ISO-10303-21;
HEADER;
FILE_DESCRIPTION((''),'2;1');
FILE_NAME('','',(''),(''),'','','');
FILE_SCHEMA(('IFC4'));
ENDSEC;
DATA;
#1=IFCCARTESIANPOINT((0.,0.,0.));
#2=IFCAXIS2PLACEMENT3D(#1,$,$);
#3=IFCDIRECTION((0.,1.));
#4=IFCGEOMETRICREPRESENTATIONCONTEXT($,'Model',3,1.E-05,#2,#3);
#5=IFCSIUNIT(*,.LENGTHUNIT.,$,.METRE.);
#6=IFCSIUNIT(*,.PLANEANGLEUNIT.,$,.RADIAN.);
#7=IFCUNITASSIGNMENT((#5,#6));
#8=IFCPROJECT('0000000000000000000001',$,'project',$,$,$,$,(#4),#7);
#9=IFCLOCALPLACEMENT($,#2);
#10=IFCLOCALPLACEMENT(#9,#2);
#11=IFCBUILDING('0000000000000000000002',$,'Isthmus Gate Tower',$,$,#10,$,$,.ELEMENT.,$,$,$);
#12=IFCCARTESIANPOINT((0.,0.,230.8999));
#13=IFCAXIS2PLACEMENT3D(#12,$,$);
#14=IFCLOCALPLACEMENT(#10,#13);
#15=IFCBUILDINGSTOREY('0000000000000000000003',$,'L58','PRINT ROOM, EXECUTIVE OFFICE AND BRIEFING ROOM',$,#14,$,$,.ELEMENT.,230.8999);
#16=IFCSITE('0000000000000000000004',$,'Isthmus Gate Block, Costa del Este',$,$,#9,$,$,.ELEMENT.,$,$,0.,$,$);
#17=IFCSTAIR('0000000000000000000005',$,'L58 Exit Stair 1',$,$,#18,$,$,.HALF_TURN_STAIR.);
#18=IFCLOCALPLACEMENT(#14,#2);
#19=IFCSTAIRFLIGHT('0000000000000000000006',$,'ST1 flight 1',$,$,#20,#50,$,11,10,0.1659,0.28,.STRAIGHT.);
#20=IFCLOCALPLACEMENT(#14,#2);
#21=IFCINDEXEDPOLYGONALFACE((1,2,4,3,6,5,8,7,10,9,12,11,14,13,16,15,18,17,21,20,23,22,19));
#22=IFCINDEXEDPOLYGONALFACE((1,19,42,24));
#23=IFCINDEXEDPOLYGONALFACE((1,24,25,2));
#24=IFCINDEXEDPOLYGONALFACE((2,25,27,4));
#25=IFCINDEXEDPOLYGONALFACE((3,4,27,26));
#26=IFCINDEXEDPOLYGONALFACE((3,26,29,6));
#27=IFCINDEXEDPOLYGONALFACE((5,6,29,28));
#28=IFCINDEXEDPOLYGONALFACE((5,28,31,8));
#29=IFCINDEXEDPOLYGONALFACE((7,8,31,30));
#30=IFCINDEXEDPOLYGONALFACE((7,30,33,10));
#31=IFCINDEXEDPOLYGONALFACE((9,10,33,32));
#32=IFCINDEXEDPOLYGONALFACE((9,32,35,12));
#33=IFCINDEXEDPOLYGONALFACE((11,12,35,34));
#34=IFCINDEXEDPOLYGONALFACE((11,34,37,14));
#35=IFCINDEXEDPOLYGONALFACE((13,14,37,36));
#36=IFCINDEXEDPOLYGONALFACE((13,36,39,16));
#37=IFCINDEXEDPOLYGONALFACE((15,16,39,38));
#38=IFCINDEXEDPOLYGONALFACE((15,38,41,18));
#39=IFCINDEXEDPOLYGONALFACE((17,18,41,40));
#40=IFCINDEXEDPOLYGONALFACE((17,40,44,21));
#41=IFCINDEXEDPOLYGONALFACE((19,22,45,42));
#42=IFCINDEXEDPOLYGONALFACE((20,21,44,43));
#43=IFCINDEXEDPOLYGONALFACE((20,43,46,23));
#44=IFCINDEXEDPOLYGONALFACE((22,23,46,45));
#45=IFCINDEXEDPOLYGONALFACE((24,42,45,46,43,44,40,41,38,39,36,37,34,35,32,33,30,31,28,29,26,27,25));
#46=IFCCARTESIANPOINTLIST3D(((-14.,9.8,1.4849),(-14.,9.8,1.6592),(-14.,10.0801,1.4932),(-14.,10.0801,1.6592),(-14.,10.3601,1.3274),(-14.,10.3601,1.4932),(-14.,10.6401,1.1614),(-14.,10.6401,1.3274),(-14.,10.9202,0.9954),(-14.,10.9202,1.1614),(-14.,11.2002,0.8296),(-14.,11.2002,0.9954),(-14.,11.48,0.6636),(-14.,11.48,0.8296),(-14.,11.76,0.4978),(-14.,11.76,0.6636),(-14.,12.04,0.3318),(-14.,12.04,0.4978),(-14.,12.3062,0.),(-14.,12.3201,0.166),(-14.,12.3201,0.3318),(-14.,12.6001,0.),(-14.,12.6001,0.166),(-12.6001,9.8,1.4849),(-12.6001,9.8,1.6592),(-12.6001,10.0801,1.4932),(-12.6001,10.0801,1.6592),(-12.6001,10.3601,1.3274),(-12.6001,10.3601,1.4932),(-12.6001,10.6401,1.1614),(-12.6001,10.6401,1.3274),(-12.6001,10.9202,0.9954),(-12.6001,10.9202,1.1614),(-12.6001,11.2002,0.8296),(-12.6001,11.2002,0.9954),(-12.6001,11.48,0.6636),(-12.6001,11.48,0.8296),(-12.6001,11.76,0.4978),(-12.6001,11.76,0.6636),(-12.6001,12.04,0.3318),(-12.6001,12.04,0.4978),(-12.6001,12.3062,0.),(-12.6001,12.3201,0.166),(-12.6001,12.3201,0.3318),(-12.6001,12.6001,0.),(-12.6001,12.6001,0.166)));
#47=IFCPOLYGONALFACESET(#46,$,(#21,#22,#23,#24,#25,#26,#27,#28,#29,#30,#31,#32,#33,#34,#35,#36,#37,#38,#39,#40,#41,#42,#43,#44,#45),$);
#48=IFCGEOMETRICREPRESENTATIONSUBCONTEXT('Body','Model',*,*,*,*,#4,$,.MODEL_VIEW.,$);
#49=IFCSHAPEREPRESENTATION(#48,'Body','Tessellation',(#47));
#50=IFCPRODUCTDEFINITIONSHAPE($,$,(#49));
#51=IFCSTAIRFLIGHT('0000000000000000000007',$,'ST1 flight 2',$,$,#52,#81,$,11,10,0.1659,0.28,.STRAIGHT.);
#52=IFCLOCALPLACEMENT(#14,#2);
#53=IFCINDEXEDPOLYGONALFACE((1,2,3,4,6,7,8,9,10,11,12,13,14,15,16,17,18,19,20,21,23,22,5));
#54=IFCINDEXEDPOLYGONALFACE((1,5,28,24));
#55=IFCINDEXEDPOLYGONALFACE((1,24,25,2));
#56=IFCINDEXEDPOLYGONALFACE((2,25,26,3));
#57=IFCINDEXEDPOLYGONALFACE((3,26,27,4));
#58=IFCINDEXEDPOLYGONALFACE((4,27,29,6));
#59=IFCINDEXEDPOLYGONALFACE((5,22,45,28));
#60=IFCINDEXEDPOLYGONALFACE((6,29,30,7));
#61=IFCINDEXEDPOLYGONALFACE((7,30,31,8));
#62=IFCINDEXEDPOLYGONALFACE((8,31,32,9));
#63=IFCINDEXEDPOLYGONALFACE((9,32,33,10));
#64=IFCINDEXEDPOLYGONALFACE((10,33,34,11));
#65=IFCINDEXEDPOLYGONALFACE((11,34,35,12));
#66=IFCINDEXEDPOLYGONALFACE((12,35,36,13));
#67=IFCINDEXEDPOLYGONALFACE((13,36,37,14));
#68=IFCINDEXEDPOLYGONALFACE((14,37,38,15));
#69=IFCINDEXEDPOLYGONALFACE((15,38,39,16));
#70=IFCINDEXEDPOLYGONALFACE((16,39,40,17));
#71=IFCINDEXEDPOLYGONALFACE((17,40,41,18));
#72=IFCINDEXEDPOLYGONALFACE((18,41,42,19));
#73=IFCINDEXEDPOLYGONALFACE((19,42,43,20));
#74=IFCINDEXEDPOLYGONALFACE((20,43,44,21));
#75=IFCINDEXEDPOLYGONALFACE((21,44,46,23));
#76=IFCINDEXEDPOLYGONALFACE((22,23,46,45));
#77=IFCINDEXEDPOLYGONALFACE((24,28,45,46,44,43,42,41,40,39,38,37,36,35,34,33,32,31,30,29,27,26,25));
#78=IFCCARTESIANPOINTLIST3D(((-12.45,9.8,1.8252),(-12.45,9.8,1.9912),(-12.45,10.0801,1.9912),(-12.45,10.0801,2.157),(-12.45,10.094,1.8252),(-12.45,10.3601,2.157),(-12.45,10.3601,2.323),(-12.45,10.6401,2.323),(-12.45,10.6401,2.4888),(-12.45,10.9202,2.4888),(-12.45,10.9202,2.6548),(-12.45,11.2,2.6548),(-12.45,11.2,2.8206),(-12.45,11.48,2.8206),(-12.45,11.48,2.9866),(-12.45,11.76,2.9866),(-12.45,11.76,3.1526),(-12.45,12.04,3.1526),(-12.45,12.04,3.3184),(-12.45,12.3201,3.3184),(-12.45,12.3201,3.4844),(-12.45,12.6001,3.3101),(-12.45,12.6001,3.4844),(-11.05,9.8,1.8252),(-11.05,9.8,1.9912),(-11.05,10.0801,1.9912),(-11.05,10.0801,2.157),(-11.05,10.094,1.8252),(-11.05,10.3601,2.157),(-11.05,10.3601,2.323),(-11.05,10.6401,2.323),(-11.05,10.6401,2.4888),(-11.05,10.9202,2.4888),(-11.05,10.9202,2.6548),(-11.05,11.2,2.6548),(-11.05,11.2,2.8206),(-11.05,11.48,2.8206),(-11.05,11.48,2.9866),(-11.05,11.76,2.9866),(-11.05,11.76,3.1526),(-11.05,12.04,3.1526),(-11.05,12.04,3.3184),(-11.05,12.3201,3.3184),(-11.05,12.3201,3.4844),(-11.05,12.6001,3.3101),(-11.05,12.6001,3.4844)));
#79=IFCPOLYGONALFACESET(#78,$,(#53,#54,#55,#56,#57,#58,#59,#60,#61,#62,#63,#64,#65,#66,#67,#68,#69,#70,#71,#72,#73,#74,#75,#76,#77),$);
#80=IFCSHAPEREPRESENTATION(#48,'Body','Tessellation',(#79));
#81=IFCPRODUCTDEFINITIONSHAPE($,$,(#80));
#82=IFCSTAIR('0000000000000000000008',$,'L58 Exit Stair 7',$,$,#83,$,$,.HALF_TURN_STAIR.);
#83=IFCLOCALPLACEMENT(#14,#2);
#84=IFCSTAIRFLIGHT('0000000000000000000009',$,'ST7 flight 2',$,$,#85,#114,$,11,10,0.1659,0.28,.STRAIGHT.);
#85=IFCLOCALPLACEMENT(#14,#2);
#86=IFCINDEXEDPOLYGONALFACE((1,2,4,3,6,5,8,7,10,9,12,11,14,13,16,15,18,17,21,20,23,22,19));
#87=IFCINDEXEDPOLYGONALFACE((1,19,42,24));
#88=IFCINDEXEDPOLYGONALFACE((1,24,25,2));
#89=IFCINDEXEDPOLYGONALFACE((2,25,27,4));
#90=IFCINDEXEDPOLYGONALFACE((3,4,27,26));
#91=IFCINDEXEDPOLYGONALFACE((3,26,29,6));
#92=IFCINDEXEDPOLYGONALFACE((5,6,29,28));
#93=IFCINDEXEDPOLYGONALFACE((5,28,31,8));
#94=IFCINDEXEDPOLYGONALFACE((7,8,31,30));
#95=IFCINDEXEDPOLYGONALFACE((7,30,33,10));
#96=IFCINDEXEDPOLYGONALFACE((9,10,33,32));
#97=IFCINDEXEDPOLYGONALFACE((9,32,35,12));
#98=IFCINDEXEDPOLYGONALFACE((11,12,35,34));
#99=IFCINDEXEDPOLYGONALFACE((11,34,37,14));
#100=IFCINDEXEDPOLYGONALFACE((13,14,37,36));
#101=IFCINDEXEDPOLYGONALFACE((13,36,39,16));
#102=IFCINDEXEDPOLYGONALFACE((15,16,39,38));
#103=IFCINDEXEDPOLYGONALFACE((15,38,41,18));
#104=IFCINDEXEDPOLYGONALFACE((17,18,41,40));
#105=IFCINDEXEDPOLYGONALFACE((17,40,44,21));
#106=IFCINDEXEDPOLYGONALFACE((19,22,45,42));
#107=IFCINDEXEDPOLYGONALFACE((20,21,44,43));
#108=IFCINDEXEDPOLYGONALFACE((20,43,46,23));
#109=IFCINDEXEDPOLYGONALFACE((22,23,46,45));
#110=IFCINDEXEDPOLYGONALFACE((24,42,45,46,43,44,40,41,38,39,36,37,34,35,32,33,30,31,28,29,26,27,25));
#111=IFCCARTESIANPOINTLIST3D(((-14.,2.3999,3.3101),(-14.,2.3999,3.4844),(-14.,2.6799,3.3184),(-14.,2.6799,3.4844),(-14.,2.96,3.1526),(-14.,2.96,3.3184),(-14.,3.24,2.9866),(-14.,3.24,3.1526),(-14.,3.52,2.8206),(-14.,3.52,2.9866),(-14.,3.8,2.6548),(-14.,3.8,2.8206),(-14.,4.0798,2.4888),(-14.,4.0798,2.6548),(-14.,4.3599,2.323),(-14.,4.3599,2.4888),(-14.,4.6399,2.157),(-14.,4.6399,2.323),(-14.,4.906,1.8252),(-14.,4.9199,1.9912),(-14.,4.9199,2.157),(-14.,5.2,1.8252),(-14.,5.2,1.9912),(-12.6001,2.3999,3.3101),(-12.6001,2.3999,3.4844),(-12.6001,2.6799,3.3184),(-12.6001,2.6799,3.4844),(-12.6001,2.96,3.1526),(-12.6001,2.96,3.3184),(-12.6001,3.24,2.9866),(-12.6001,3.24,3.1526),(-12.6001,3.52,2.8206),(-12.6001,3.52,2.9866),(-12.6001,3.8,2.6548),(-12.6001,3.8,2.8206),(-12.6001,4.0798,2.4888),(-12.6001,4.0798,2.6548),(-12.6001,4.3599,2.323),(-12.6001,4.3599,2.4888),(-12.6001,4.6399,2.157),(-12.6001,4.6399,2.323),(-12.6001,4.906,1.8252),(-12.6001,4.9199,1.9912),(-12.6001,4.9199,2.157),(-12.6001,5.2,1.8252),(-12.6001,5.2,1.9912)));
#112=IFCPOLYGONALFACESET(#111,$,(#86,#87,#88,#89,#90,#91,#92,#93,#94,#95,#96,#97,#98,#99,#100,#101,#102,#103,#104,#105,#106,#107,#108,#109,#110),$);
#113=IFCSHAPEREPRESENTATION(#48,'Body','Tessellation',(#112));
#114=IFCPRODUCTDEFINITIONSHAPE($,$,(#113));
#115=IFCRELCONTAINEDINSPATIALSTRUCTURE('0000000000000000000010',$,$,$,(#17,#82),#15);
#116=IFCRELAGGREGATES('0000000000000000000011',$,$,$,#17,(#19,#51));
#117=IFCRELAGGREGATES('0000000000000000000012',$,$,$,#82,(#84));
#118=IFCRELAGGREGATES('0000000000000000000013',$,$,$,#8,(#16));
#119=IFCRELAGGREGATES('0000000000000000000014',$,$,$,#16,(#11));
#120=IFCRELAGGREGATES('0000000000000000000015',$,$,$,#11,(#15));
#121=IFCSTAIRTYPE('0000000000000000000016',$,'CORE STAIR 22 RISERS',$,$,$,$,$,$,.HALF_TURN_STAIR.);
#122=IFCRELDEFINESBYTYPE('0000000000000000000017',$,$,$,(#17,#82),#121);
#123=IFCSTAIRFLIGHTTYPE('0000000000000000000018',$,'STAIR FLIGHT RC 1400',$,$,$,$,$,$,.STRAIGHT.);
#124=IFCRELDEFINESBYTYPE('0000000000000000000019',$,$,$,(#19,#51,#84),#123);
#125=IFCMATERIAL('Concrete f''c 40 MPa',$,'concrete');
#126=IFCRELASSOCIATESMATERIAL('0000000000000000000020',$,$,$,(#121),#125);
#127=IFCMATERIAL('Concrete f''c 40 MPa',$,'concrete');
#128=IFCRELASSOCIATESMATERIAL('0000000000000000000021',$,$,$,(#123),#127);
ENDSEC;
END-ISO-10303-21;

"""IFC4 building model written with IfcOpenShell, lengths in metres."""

from ifc_helpers import new_model, si_unit, direction, frame, origin, place, context, subcontext, project, spatial, polyline, outline, extrude, material, type_object, element, aggregate, save


model = new_model("IFC4")

# Units and contexts
model_context = context("Model", 3, precision=1e-05, world=origin(), true_north=direction((0.0, 1.0)))
body_context = subcontext(model_context, "Body", "Model", "MODEL_VIEW")
ifc_project = project(units=[si_unit("LENGTHUNIT", "METRE"), si_unit("PLANEANGLEUNIT", "RADIAN")], contexts=[model_context])

# Site, building, storey
site_placement = place(None, origin())
site = spatial("IfcSite", under=ifc_project, at=site_placement, Name="Isthmus Gate Block, Costa del Este", CompositionType="ELEMENT", RefElevation=0.0)
building_placement = place(site_placement, origin())
building = spatial("IfcBuilding", under=site, at=building_placement, Name="Isthmus Gate Tower", CompositionType="ELEMENT")
storey_placement = place(building_placement, frame((0.0, 0.0, 230.8999)))
storey = spatial("IfcBuildingStorey", under=building, at=storey_placement, Name="L58", Description="PRINT ROOM, EXECUTIVE OFFICE AND BRIEFING ROOM", CompositionType="ELEMENT", Elevation=230.8999)

# Stair, stair flights
ifc_material_1 = material(Name="Concrete f'c 40 MPa", Category="concrete")
stair_type = type_object("IfcStairType", Name="CORE STAIR 22 RISERS", PredefinedType="HALF_TURN_STAIR", material=ifc_material_1)
stair_1_placement = place(storey_placement, origin())
stair_1 = element("IfcStair", 1, at=stair_1_placement, inside=storey, type_object=stair_type, Name="L58 Exit Stair 1", PredefinedType="HALF_TURN_STAIR")
ifc_material_2 = material(Name="Concrete f'c 40 MPa", Category="concrete")
stair_flight_type = type_object("IfcStairFlightType", Name="STAIR FLIGHT RC 1400", PredefinedType="STRAIGHT", material=ifc_material_2)
stair_flight_1_placement = place(storey_placement, frame((-13.3, 12.6001, 0.0), z_axis=(0.0, 0.0, 1.0), x_axis=(0.0, -1.0, 0.0)))
stair_flight_1 = element("IfcStairFlight", 2, at=stair_flight_1_placement, type_object=stair_flight_type, Name="ST1 flight 1", NumberOfRisers=11, NumberOfTreads=10, PredefinedType="STRAIGHT", RiserHeight=0.1659, TreadLength=0.28, context=body_context, shape_type="SweptSolid", body=[
    extrude(outline(polyline([(0.0, 0.0), (0.0, 0.166), (0.28, 0.166), (0.28, 0.3318), (0.5601, 0.3318), (0.5601, 0.4978), (0.8401, 0.4978), (0.8401, 0.6636), (1.1201, 0.6636), (1.1201, 0.8296), (1.3999, 0.8296), (1.3999, 0.9954), (1.6799, 0.9954), (1.6799, 1.1614), (1.96, 1.1614), (1.96, 1.3274), (2.24, 1.3274), (2.24, 1.4932), (2.52, 1.4932), (2.52, 1.6592), (2.8, 1.6592), (2.8, 1.825), (2.8, 1.4849), (0.2939, 0.0), (0.0, 0.0)])), frame((0.0, 0.7, 0.0), z_axis=(0.0, -1.0, 0.0), x_axis=(1.0, 0.0, 0.0)), (0.0, 0.0, 1.0), 1.3999),
])
stair_flight_2_placement = place(storey_placement, frame((-11.75, 9.8, 1.8252), z_axis=(0.0, 0.0, 1.0), x_axis=(0.0, 1.0, 0.0)))
stair_flight_2 = element("IfcStairFlight", 3, at=stair_flight_2_placement, type_object=stair_flight_type, Name="ST1 flight 2", NumberOfRisers=11, NumberOfTreads=10, PredefinedType="STRAIGHT", RiserHeight=0.1659, TreadLength=0.28, context=body_context, shape_type="SweptSolid", body=[
    extrude(outline(polyline([(0.0, 0.0), (0.0, 0.166), (0.28, 0.166), (0.28, 0.3318), (0.5601, 0.3318), (0.5601, 0.4978), (0.8401, 0.4978), (0.8401, 0.6636), (1.1201, 0.6636), (1.1201, 0.8296), (1.3999, 0.8296), (1.3999, 0.9954), (1.6799, 0.9954), (1.6799, 1.1614), (1.96, 1.1614), (1.96, 1.3274), (2.24, 1.3274), (2.24, 1.4932), (2.52, 1.4932), (2.52, 1.6592), (2.8, 1.6592), (2.8, 1.825), (2.8, 1.4849), (0.2939, 0.0), (0.0, 0.0)])), frame((0.0, 0.7, 0.0), z_axis=(0.0, -1.0, 0.0), x_axis=(1.0, 0.0, 0.0)), (0.0, 0.0, 1.0), 1.3999),
])
aggregate(stair_1, [stair_flight_1, stair_flight_2])

# Stair, stair flight
stair_2_placement = place(storey_placement, origin())
stair_2 = element("IfcStair", 4, at=stair_2_placement, inside=storey, type_object=stair_type, Name="L58 Exit Stair 7", PredefinedType="HALF_TURN_STAIR")
stair_flight_3_placement = place(storey_placement, frame((-13.3, 5.2, 1.8252), z_axis=(0.0, 0.0, 1.0), x_axis=(0.0, -1.0, 0.0)))
stair_flight_3 = element("IfcStairFlight", 5, at=stair_flight_3_placement, type_object=stair_flight_type, Name="ST7 flight 2", NumberOfRisers=11, NumberOfTreads=10, PredefinedType="STRAIGHT", RiserHeight=0.1659, TreadLength=0.28, context=body_context, shape_type="SweptSolid", body=[
    extrude(outline(polyline([(0.0, 0.0), (0.0, 0.166), (0.28, 0.166), (0.28, 0.3318), (0.5601, 0.3318), (0.5601, 0.4978), (0.8401, 0.4978), (0.8401, 0.6636), (1.1201, 0.6636), (1.1201, 0.8296), (1.3999, 0.8296), (1.3999, 0.9954), (1.6799, 0.9954), (1.6799, 1.1614), (1.96, 1.1614), (1.96, 1.3274), (2.24, 1.3274), (2.24, 1.4932), (2.52, 1.4932), (2.52, 1.6592), (2.8, 1.6592), (2.8, 1.825), (2.8, 1.4849), (0.2939, 0.0), (0.0, 0.0)])), frame((0.0, 0.7, 0.0), z_axis=(0.0, -1.0, 0.0), x_axis=(1.0, 0.0, 0.0)), (0.0, 0.0, 1.0), 1.3999),
])
aggregate(stair_2, [stair_flight_3])

save(model, "model.ifc")
